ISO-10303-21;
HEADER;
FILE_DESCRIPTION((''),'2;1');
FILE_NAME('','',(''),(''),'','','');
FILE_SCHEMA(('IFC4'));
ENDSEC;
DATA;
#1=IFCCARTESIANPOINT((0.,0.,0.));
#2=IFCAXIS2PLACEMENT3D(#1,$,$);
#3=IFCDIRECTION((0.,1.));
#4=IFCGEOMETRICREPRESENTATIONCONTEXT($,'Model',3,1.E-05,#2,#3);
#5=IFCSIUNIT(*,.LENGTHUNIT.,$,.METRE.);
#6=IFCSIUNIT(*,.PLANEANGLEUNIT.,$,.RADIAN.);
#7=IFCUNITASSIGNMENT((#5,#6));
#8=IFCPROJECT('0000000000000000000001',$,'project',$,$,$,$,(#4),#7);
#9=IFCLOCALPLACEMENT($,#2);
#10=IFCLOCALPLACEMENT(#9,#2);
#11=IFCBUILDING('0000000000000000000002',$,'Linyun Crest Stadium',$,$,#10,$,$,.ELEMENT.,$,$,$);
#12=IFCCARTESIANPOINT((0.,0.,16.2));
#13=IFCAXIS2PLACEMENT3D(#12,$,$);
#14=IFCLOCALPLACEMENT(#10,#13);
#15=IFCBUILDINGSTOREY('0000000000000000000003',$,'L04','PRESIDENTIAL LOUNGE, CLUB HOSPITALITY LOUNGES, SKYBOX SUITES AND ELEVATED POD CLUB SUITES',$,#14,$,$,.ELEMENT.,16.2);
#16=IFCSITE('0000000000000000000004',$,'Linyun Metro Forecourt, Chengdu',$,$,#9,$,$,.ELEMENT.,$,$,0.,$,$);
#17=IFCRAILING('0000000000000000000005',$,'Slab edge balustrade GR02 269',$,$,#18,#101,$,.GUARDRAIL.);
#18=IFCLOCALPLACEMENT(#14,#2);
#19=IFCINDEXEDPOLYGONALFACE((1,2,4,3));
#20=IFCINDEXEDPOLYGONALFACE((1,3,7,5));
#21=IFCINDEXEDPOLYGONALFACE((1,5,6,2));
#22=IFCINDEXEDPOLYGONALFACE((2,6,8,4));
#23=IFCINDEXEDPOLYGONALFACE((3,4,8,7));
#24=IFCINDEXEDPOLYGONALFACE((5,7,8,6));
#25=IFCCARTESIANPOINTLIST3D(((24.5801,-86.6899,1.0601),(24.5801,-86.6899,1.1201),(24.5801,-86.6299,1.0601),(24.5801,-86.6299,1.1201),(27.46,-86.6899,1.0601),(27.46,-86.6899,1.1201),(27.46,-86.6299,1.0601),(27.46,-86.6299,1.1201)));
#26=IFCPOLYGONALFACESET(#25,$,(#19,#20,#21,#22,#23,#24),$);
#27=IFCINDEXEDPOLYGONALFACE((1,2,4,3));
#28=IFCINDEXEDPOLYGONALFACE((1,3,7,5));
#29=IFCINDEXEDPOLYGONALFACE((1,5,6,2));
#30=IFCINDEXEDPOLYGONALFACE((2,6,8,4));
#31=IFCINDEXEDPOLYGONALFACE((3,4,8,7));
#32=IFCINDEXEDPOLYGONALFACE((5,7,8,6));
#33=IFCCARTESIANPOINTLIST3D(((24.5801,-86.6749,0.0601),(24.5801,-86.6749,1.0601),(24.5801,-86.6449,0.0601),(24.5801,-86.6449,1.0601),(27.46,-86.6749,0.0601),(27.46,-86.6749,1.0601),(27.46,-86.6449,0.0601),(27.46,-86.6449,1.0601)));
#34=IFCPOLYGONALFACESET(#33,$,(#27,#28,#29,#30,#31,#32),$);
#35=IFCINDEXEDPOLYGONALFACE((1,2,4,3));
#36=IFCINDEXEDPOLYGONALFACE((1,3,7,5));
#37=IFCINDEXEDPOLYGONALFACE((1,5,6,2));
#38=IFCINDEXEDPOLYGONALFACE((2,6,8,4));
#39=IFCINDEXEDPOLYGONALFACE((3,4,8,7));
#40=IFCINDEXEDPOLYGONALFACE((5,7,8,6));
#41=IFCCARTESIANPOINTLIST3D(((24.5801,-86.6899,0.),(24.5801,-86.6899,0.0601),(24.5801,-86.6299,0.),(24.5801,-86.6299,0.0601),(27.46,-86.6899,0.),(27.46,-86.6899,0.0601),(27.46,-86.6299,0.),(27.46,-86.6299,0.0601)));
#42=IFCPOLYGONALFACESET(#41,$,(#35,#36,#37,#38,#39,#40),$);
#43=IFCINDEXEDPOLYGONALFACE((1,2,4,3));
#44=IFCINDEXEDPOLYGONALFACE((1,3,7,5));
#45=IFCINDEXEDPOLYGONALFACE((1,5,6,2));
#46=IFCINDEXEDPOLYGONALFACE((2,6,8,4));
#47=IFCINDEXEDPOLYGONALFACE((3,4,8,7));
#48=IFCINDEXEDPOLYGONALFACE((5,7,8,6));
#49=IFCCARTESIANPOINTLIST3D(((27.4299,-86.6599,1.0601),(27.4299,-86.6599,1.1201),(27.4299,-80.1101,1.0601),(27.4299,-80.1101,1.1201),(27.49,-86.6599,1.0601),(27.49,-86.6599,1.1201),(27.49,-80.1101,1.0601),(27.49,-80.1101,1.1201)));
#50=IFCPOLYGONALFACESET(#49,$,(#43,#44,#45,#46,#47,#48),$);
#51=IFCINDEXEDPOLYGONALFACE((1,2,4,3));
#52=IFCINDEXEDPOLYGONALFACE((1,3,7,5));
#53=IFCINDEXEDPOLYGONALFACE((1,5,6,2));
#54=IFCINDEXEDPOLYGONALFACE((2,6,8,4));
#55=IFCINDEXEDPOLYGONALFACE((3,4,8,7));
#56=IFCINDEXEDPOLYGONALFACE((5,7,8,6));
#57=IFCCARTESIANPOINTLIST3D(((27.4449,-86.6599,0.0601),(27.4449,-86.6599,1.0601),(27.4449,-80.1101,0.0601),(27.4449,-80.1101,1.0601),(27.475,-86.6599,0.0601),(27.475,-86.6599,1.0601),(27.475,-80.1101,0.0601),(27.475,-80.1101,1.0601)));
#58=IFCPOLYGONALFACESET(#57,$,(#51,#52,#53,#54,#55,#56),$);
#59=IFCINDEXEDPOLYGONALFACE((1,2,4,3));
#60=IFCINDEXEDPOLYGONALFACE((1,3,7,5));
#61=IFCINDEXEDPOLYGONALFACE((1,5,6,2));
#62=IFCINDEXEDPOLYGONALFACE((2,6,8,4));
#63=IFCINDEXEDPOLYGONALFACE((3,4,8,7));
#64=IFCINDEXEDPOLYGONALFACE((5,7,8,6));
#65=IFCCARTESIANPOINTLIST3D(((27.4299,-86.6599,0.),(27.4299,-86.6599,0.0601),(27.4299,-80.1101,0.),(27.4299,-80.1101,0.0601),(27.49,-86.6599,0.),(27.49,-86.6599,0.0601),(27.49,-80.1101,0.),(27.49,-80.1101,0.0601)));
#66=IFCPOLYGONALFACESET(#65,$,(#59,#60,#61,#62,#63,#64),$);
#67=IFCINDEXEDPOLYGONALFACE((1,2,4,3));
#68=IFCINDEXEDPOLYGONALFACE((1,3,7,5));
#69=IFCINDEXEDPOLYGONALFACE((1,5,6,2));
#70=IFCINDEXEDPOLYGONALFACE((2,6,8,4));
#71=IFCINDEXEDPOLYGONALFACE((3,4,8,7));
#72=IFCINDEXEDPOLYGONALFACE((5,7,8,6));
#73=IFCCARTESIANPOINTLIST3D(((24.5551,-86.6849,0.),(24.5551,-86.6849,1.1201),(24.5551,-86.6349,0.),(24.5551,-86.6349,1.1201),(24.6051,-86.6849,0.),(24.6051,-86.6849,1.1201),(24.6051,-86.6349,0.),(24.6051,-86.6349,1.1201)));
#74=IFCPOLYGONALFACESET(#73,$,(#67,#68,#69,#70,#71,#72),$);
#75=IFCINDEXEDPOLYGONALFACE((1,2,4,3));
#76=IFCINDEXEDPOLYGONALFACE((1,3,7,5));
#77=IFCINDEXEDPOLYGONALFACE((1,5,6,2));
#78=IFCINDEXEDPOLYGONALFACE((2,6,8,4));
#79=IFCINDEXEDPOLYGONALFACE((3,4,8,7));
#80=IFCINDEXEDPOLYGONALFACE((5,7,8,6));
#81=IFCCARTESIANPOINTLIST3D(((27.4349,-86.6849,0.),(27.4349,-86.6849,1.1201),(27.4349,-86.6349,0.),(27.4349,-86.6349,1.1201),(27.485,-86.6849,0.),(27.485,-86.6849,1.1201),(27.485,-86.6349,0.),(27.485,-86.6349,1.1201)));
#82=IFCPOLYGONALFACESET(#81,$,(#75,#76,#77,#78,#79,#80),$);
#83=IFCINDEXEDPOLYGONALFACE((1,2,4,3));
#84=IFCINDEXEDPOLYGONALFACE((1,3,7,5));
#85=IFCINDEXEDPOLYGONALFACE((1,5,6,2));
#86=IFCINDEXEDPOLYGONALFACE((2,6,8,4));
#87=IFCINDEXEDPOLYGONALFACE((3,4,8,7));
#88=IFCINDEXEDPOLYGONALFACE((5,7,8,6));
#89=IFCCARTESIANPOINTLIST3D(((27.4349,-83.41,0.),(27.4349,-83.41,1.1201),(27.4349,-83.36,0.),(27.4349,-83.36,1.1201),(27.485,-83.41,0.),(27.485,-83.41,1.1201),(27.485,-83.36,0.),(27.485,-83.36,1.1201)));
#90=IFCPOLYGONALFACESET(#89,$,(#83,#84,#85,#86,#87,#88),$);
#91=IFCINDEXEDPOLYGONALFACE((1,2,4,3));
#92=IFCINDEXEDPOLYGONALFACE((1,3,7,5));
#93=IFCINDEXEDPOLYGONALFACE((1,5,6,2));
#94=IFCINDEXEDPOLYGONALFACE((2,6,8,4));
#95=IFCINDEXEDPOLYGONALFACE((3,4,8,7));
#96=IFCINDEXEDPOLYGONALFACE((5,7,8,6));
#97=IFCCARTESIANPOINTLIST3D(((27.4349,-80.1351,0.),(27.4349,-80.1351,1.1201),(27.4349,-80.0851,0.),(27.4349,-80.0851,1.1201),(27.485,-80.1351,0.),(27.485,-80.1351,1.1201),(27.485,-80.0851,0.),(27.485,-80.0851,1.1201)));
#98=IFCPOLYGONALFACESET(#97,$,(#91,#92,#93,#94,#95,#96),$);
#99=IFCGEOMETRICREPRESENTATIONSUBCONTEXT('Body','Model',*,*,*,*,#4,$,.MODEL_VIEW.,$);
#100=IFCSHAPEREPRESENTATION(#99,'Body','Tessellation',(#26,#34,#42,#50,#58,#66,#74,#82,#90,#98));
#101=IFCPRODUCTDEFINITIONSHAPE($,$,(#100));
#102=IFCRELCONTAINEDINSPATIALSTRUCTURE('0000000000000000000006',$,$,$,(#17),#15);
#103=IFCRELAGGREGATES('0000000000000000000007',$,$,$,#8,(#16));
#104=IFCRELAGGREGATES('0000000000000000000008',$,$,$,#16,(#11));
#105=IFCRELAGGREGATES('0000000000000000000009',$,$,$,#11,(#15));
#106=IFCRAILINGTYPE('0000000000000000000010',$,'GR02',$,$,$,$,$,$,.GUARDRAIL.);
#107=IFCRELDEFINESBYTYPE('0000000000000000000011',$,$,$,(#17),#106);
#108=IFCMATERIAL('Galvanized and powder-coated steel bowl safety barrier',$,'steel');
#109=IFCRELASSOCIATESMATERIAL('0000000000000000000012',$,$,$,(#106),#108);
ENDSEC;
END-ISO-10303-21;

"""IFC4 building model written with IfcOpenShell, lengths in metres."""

from ifc_helpers import new_model, si_unit, direction, frame, origin, origin_2d, place, context, subcontext, project, spatial, rectangle, extrude, material, type_object, element, save


model = new_model("IFC4")

# Units and contexts
model_context = context("Model", 3, precision=1e-05, world=origin(), true_north=direction((0.0, 1.0)))
body_context = subcontext(model_context, "Body", "Model", "MODEL_VIEW")
ifc_project = project(units=[si_unit("LENGTHUNIT", "METRE"), si_unit("PLANEANGLEUNIT", "RADIAN")], contexts=[model_context])

# Site, building, storey
site_placement = place(None, origin())
site = spatial("IfcSite", under=ifc_project, at=site_placement, Name="Linyun Metro Forecourt, Chengdu", CompositionType="ELEMENT", RefElevation=0.0)
building_placement = place(site_placement, origin())
building = spatial("IfcBuilding", under=site, at=building_placement, Name="Linyun Crest Stadium", CompositionType="ELEMENT")
storey_placement = place(building_placement, frame((0.0, 0.0, 16.2)))
storey = spatial("IfcBuildingStorey", under=building, at=storey_placement, Name="L04", Description="PRESIDENTIAL LOUNGE, CLUB HOSPITALITY LOUNGES, SKYBOX SUITES AND ELEVATED POD CLUB SUITES", CompositionType="ELEMENT", Elevation=16.2)

# Railing
ifc_material_1 = material(Name="Galvanized and powder-coated steel bowl safety barrier", Category="steel")
railing_type_1 = type_object("IfcRailingType", Name="GR02", PredefinedType="GUARDRAIL", material=ifc_material_1)
railing_1_placement = place(storey_placement, frame((24.5801, -86.6599, 0.0)))
element("IfcRailing", 1, at=railing_1_placement, inside=storey, type_object=railing_type_1, Name="Slab edge balustrade GR02 269", PredefinedType="GUARDRAIL", context=body_context, shape_type="SweptSolid", body=[
    extrude(rectangle(XDim=0.0601, YDim=0.0601, at=origin_2d()), frame((0.0, 0.0, 1.0901), z_axis=(1.0, 0.0, 0.0), x_axis=(0.0, 1.0, 0.0)), (0.0, 0.0, 1.0), 2.8799),
    extrude(rectangle(XDim=0.03, YDim=1.0, at=origin_2d()), frame((0.0, 0.0, 0.5601), z_axis=(1.0, 0.0, 0.0), x_axis=(0.0, 1.0, 0.0)), (0.0, 0.0, 1.0), 2.8799),
    extrude(rectangle(XDim=0.0601, YDim=0.0601, at=origin_2d()), frame((0.0, 0.0, 0.03), z_axis=(1.0, 0.0, 0.0), x_axis=(0.0, 1.0, 0.0)), (0.0, 0.0, 1.0), 2.8799),
    extrude(rectangle(XDim=0.0601, YDim=0.0601, at=origin_2d()), frame((2.8799, 0.0, 1.0901), z_axis=(0.0, 1.0, 0.0), x_axis=(-1.0, 0.0, 0.0)), (0.0, 0.0, 1.0), 6.5498),
    extrude(rectangle(XDim=0.03, YDim=1.0, at=origin_2d()), frame((2.8799, 0.0, 0.5601), z_axis=(0.0, 1.0, 0.0), x_axis=(-1.0, 0.0, 0.0)), (0.0, 0.0, 1.0), 6.5498),
    extrude(rectangle(XDim=0.0601, YDim=0.0601, at=origin_2d()), frame((2.8799, 0.0, 0.03), z_axis=(0.0, 1.0, 0.0), x_axis=(-1.0, 0.0, 0.0)), (0.0, 0.0, 1.0), 6.5498),
    extrude(rectangle(XDim=0.05, YDim=0.05, at=origin_2d()), origin(), (0.0, 0.0, 1.0), 1.1201),
    extrude(rectangle(XDim=0.05, YDim=0.05, at=origin_2d()), frame((2.8799, 0.0, 0.0)), (0.0, 0.0, 1.0), 1.1201),
    extrude(rectangle(XDim=0.05, YDim=0.05, at=origin_2d()), frame((2.8799, 3.2749, 0.0)), (0.0, 0.0, 1.0), 1.1201),
    extrude(rectangle(XDim=0.05, YDim=0.05, at=origin_2d()), frame((2.8799, 6.5498, 0.0)), (0.0, 0.0, 1.0), 1.1201),
])

save(model, "model.ifc")
